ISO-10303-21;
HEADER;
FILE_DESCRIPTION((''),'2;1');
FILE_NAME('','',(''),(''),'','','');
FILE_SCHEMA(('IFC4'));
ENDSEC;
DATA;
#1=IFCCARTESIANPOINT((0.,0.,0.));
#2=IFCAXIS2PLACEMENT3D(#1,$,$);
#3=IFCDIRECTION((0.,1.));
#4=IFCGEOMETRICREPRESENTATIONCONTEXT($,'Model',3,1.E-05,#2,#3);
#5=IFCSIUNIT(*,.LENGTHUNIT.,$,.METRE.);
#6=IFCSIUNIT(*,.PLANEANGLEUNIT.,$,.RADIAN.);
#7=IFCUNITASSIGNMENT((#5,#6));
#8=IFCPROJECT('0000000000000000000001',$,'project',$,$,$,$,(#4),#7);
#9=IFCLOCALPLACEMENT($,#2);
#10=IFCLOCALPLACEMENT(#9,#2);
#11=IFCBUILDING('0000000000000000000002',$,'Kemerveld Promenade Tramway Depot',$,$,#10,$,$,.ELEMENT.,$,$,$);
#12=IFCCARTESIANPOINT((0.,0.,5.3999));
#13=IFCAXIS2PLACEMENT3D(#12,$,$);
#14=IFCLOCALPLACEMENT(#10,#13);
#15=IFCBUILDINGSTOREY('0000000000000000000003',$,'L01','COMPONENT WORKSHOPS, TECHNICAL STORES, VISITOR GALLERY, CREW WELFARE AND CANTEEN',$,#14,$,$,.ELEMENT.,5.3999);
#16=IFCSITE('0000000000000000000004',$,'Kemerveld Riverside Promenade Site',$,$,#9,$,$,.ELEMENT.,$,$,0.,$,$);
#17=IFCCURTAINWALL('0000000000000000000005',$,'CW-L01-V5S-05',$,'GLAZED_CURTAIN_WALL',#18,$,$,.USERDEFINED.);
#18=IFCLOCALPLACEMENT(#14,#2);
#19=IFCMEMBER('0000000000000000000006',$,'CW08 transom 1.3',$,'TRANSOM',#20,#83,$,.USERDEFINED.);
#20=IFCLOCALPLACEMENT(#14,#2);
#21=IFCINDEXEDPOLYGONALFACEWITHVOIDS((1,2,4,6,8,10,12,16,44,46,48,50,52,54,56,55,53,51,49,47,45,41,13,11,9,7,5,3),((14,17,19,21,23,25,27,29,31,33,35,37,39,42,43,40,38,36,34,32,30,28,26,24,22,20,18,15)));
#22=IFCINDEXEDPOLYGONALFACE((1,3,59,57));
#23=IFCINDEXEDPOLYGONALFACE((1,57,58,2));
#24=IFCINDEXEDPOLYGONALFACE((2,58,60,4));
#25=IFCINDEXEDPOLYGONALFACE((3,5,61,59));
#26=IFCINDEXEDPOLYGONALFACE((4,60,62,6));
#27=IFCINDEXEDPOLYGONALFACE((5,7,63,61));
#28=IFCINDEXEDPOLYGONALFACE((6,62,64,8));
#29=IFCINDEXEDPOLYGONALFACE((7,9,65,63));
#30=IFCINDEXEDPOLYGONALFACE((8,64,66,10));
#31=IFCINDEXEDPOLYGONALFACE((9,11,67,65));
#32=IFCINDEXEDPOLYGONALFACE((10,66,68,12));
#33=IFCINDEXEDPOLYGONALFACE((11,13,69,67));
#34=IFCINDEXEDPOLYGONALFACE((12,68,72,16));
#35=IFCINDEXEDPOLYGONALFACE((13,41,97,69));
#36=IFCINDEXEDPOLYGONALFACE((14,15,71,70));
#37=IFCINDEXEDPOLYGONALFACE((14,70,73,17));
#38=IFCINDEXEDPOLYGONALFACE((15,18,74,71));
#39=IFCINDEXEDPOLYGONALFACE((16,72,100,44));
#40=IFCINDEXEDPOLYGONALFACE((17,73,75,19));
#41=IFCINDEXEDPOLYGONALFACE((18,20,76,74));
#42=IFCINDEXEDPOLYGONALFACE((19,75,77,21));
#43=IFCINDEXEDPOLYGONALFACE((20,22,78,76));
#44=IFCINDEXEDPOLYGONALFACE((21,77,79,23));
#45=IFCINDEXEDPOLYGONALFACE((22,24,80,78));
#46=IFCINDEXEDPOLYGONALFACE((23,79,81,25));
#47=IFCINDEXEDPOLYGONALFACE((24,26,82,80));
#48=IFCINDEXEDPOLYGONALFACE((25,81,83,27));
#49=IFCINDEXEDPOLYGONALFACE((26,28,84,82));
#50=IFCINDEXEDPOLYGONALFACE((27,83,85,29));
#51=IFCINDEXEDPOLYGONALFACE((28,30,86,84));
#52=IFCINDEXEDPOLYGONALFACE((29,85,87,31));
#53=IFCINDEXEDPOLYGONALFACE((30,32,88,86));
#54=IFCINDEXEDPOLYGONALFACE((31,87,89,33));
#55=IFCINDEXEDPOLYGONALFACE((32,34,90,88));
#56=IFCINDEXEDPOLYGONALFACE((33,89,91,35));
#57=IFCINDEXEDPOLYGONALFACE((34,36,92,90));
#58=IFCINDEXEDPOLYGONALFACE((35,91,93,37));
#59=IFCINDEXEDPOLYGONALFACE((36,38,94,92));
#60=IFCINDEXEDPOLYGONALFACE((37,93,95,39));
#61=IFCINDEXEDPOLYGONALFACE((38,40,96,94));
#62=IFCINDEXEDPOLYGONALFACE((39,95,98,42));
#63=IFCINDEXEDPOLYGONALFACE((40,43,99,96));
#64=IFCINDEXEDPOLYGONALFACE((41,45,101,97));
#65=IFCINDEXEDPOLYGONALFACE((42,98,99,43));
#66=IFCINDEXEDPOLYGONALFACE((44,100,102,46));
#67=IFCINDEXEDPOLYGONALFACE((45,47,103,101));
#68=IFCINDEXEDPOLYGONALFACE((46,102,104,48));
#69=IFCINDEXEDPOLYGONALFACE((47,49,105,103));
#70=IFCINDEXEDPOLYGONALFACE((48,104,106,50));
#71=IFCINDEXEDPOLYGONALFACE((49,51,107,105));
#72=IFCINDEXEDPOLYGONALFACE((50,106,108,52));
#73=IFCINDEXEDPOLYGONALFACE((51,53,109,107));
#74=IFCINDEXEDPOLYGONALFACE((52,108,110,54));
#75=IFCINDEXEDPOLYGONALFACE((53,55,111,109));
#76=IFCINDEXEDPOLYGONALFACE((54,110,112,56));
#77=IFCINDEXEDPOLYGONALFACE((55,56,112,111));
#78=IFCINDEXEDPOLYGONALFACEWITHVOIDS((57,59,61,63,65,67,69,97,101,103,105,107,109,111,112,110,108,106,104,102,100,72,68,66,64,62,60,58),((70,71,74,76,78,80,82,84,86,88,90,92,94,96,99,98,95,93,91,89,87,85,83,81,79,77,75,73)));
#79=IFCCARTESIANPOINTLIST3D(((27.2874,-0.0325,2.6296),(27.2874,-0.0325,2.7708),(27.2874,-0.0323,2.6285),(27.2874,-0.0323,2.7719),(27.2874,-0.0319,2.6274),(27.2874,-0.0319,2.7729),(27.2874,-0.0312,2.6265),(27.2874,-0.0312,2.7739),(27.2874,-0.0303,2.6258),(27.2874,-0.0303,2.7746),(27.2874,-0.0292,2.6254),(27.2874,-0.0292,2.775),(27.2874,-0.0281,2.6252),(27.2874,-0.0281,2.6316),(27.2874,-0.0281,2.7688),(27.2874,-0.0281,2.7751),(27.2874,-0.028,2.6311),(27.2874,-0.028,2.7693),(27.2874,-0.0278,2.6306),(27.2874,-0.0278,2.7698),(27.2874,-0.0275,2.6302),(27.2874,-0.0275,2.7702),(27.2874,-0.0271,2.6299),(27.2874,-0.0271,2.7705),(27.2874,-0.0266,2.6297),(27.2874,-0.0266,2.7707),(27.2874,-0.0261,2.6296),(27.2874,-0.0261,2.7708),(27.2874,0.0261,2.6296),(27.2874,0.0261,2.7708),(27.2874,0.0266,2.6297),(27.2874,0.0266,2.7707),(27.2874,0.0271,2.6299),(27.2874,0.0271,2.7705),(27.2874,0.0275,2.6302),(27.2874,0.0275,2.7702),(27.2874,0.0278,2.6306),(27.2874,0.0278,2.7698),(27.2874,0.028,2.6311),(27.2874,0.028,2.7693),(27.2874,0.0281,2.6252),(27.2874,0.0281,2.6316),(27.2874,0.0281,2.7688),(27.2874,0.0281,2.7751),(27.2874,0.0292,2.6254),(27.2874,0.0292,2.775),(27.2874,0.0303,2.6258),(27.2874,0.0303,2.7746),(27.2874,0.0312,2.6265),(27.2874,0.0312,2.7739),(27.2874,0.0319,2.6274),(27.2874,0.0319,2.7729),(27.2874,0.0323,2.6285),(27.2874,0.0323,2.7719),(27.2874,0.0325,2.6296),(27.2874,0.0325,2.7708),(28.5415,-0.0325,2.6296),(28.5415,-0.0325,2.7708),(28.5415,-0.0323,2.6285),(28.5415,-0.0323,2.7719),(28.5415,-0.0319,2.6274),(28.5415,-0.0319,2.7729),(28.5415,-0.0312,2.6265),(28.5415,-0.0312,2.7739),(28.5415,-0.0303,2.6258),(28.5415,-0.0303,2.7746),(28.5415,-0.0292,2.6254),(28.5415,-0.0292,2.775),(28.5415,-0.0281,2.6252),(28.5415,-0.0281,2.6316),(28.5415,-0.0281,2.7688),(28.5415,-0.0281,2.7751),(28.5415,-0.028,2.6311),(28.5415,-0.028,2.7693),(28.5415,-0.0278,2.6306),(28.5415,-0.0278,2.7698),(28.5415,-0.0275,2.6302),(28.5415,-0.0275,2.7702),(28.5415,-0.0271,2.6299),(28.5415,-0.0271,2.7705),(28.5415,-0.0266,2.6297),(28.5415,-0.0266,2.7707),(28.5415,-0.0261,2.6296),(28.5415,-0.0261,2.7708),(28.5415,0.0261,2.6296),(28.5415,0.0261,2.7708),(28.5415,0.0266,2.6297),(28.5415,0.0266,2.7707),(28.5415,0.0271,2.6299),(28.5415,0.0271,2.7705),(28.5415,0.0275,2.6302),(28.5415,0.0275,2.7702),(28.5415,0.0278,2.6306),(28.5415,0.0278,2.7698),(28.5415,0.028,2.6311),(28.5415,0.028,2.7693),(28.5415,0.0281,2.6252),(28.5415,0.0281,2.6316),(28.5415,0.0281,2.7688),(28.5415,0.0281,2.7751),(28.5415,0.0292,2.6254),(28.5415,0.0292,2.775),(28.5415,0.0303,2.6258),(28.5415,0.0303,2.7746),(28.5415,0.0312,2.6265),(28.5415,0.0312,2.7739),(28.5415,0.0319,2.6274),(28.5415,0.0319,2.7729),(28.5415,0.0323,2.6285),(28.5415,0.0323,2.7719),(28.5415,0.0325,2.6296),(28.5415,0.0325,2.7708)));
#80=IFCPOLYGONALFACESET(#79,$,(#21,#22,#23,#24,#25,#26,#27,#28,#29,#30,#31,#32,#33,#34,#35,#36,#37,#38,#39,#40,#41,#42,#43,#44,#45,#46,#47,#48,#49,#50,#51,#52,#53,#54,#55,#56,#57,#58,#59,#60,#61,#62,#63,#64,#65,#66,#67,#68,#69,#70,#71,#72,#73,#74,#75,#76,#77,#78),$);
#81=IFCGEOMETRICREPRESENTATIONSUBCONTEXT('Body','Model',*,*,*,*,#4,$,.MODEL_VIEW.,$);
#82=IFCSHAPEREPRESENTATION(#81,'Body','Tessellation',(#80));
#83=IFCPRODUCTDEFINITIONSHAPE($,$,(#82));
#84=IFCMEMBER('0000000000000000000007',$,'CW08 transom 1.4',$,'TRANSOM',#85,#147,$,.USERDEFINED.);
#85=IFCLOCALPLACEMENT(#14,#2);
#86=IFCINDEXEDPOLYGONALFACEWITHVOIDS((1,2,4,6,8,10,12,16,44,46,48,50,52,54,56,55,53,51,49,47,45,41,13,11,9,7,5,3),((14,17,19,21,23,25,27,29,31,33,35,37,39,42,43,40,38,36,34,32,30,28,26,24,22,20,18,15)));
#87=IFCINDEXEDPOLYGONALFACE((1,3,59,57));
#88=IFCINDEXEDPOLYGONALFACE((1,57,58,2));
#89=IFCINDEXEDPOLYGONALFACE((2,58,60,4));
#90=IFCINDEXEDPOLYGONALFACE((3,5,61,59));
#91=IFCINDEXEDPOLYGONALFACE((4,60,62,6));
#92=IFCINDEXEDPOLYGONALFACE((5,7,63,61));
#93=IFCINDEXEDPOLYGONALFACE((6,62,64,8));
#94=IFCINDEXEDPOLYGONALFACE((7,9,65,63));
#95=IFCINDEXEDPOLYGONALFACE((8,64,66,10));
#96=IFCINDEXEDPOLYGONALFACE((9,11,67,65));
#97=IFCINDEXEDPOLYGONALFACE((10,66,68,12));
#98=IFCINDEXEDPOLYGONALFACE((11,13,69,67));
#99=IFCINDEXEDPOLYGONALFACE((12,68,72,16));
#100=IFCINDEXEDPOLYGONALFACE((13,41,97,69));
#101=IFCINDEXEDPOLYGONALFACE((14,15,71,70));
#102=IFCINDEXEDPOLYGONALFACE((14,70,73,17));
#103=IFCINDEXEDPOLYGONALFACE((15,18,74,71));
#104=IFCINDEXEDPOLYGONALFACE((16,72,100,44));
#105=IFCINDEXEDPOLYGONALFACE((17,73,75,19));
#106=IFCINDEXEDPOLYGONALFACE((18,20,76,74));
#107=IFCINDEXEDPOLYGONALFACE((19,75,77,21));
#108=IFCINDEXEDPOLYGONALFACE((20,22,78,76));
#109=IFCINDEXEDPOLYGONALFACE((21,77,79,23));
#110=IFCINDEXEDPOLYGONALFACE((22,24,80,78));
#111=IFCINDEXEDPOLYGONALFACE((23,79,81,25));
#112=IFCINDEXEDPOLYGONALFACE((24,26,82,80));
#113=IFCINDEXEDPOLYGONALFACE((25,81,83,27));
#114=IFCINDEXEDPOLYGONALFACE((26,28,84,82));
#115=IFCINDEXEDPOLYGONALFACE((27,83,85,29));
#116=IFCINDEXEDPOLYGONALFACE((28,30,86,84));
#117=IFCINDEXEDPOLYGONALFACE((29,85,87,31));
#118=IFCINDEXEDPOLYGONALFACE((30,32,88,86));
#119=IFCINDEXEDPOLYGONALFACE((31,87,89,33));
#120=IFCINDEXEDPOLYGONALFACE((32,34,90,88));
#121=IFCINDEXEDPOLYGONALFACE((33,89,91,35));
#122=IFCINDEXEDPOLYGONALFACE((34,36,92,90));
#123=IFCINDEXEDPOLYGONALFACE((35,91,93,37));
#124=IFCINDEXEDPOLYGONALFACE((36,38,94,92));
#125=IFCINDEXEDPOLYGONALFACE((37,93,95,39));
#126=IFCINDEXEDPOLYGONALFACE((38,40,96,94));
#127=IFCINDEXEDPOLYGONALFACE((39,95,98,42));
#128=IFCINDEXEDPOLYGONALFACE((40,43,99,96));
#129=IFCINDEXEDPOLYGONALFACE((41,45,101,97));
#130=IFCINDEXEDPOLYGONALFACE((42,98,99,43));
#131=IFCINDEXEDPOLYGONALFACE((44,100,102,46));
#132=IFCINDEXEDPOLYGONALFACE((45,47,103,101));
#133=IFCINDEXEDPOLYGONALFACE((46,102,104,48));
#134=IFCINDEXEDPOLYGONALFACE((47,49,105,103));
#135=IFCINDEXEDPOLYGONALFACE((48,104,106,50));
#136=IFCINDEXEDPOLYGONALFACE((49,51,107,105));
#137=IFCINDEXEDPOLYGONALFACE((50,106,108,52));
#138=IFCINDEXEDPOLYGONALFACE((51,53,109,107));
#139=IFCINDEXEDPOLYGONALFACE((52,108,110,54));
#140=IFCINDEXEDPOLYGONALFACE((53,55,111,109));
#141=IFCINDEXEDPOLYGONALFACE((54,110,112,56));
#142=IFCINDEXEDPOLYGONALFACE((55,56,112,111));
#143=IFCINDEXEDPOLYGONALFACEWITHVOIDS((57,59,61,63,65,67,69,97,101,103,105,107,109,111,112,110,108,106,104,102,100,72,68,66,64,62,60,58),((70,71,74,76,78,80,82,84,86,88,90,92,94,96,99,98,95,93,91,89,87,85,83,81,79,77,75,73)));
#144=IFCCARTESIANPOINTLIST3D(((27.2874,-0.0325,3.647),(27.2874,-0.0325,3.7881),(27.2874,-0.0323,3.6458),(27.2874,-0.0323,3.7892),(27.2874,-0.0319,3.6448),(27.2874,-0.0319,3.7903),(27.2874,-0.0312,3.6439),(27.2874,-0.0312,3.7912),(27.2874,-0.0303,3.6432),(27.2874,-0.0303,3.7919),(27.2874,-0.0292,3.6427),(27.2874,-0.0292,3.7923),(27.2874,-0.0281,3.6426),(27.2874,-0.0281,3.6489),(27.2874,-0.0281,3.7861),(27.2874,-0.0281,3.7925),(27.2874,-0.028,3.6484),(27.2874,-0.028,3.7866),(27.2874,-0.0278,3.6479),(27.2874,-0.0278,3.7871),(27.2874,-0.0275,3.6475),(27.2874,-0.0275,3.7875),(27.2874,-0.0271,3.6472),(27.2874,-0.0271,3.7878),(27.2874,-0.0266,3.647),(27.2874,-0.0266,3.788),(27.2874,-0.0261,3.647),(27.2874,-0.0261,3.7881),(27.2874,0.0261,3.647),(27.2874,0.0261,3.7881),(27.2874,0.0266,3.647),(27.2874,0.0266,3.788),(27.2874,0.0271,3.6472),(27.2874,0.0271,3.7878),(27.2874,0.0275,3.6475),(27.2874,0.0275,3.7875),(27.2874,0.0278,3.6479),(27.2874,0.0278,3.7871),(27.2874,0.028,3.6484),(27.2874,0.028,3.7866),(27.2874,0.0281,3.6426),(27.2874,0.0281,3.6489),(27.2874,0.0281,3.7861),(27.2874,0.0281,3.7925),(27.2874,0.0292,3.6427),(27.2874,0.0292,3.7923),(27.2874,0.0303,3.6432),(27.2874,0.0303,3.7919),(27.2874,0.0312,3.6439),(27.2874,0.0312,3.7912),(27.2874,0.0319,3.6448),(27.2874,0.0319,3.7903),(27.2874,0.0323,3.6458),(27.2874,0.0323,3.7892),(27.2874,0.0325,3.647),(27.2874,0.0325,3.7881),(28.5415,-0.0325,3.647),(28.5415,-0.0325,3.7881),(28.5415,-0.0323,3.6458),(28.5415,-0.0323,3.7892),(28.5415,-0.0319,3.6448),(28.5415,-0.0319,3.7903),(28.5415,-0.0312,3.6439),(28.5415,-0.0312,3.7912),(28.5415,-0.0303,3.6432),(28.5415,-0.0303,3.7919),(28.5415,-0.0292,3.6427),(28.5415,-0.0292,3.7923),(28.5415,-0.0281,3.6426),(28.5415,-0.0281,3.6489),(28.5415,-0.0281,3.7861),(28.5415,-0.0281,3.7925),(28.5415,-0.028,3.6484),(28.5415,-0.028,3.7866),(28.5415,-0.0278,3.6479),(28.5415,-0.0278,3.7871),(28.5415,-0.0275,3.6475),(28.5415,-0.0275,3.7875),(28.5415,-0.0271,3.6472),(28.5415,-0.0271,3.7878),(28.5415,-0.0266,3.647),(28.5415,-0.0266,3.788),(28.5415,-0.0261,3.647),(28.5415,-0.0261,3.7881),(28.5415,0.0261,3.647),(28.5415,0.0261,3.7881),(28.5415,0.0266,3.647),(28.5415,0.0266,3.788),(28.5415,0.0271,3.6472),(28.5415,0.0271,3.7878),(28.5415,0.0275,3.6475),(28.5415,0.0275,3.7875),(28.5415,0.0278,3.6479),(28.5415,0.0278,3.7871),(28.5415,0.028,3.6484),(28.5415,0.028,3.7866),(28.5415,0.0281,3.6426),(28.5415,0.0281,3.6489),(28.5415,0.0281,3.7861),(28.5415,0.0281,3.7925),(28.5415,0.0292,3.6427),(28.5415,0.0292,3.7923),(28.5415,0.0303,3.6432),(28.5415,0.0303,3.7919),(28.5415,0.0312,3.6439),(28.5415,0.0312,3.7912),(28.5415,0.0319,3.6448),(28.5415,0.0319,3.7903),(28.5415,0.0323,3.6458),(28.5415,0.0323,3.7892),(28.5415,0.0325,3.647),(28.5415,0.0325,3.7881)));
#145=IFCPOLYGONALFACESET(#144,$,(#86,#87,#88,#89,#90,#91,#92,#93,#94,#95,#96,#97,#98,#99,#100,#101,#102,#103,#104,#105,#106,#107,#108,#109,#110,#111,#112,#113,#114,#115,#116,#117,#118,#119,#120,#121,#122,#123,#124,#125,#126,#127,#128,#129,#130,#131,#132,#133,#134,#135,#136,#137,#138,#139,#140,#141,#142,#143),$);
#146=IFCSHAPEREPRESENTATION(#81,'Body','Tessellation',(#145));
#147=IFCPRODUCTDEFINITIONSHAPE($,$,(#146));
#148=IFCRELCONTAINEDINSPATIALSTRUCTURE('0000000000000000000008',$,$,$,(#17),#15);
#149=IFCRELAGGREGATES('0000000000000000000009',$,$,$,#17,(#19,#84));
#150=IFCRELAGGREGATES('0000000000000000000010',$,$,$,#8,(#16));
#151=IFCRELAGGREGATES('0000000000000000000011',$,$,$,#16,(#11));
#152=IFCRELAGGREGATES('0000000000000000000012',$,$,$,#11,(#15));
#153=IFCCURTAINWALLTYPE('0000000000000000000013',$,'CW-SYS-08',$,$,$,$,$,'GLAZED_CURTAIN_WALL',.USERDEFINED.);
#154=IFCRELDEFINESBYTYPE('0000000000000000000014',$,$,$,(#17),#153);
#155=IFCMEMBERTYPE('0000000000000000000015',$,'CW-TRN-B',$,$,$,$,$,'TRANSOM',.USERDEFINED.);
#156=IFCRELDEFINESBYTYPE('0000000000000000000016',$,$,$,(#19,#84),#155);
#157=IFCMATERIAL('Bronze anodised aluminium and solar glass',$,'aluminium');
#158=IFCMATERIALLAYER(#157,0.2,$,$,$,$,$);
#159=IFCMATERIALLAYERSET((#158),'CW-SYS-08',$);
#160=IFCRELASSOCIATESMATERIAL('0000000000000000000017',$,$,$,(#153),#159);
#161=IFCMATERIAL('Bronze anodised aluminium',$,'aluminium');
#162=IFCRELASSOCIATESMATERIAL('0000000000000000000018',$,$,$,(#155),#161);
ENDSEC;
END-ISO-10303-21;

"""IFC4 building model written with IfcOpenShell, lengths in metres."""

from ifc_helpers import new_model, si_unit, direction, frame, origin, origin_2d, place, context, subcontext, project, spatial, hollow_rectangle, extrude, material, layer, layer_set, material_profile, profile_set, type_object, element, aggregate, save


model = new_model("IFC4")

# Units and contexts
model_context = context("Model", 3, precision=1e-05, world=origin(), true_north=direction((0.0, 1.0)))
body_context = subcontext(model_context, "Body", "Model", "MODEL_VIEW")
ifc_project = project(units=[si_unit("LENGTHUNIT", "METRE"), si_unit("PLANEANGLEUNIT", "RADIAN")], contexts=[model_context])

# Site, building, storey
site_placement = place(None, origin())
site = spatial("IfcSite", under=ifc_project, at=site_placement, Name="Kemerveld Riverside Promenade Site", CompositionType="ELEMENT", RefElevation=0.0)
building_placement = place(site_placement, origin())
building = spatial("IfcBuilding", under=site, at=building_placement, Name="Kemerveld Promenade Tramway Depot", CompositionType="ELEMENT")
storey_placement = place(building_placement, frame((0.0, 0.0, 5.3999)))
storey = spatial("IfcBuildingStorey", under=building, at=storey_placement, Name="L01", Description="COMPONENT WORKSHOPS, TECHNICAL STORES, VISITOR GALLERY, CREW WELFARE AND CANTEEN", CompositionType="ELEMENT", Elevation=5.3999)

# Curtain wall, members
ifc_material_1 = material(Name="Bronze anodised aluminium and solar glass", Category="aluminium")
ifc_layer_1 = layer(ifc_material_1, 0.2)
ifc_layer_set_1 = layer_set([ifc_layer_1], Name="CW-SYS-08")
curtain_wall_type = type_object("IfcCurtainWallType", Name="CW-SYS-08", ElementType="GLAZED_CURTAIN_WALL", PredefinedType="USERDEFINED", material=ifc_layer_set_1)
curtain_wall_placement = place(storey_placement, origin())
curtain_wall = element("IfcCurtainWall", 1, at=curtain_wall_placement, inside=storey, type_object=curtain_wall_type, Name="CW-L01-V5S-05", ObjectType="GLAZED_CURTAIN_WALL", PredefinedType="USERDEFINED")
ifc_material_2 = material(Name="Bronze anodised aluminium", Category="aluminium")
ifc_material_profile_1 = material_profile(ifc_material_2, hollow_rectangle(XDim=0.0649, YDim=0.1499, WallThickness=0.0044, InnerFilletRadius=0.002, OuterFilletRadius=0.0044, at=origin_2d()), Name="CW-TRN-150x65")
ifc_profile_set_1 = profile_set([ifc_material_profile_1], Name="Bronze anodised aluminium")
member_type_1 = type_object("IfcMemberType", Name="CW-TRN-B", ElementType="TRANSOM", PredefinedType="USERDEFINED", material=ifc_profile_set_1)
member_1_placement = place(storey_placement, frame((28.5415, 0.0, 2.7002), z_axis=(-1.0, 0.0, 0.0), x_axis=(0.0, -1.0, 0.0)))
member_1 = element("IfcMember", 2, at=member_1_placement, type_object=member_type_1, Name="CW08 transom 1.3", ObjectType="TRANSOM", PredefinedType="USERDEFINED", context=body_context, shape_type="SweptSolid", body=[
    extrude(hollow_rectangle(XDim=0.0649, YDim=0.1499, WallThickness=0.0044, InnerFilletRadius=0.002, OuterFilletRadius=0.0044, at=origin_2d()), origin(), (0.0, 0.0, 1.0), 1.2542),
])
member_2_placement = place(storey_placement, frame((28.5415, 0.0, 3.7175), z_axis=(-1.0, 0.0, 0.0), x_axis=(0.0, -1.0, 0.0)))
member_2 = element("IfcMember", 3, at=member_2_placement, type_object=member_type_1, Name="CW08 transom 1.4", ObjectType="TRANSOM", PredefinedType="USERDEFINED", context=body_context, shape_type="SweptSolid", body=[
    extrude(hollow_rectangle(XDim=0.0649, YDim=0.1499, WallThickness=0.0044, InnerFilletRadius=0.002, OuterFilletRadius=0.0044, at=origin_2d()), origin(), (0.0, 0.0, 1.0), 1.2542),
])
aggregate(curtain_wall, [member_1, member_2])

save(model, "model.ifc")
